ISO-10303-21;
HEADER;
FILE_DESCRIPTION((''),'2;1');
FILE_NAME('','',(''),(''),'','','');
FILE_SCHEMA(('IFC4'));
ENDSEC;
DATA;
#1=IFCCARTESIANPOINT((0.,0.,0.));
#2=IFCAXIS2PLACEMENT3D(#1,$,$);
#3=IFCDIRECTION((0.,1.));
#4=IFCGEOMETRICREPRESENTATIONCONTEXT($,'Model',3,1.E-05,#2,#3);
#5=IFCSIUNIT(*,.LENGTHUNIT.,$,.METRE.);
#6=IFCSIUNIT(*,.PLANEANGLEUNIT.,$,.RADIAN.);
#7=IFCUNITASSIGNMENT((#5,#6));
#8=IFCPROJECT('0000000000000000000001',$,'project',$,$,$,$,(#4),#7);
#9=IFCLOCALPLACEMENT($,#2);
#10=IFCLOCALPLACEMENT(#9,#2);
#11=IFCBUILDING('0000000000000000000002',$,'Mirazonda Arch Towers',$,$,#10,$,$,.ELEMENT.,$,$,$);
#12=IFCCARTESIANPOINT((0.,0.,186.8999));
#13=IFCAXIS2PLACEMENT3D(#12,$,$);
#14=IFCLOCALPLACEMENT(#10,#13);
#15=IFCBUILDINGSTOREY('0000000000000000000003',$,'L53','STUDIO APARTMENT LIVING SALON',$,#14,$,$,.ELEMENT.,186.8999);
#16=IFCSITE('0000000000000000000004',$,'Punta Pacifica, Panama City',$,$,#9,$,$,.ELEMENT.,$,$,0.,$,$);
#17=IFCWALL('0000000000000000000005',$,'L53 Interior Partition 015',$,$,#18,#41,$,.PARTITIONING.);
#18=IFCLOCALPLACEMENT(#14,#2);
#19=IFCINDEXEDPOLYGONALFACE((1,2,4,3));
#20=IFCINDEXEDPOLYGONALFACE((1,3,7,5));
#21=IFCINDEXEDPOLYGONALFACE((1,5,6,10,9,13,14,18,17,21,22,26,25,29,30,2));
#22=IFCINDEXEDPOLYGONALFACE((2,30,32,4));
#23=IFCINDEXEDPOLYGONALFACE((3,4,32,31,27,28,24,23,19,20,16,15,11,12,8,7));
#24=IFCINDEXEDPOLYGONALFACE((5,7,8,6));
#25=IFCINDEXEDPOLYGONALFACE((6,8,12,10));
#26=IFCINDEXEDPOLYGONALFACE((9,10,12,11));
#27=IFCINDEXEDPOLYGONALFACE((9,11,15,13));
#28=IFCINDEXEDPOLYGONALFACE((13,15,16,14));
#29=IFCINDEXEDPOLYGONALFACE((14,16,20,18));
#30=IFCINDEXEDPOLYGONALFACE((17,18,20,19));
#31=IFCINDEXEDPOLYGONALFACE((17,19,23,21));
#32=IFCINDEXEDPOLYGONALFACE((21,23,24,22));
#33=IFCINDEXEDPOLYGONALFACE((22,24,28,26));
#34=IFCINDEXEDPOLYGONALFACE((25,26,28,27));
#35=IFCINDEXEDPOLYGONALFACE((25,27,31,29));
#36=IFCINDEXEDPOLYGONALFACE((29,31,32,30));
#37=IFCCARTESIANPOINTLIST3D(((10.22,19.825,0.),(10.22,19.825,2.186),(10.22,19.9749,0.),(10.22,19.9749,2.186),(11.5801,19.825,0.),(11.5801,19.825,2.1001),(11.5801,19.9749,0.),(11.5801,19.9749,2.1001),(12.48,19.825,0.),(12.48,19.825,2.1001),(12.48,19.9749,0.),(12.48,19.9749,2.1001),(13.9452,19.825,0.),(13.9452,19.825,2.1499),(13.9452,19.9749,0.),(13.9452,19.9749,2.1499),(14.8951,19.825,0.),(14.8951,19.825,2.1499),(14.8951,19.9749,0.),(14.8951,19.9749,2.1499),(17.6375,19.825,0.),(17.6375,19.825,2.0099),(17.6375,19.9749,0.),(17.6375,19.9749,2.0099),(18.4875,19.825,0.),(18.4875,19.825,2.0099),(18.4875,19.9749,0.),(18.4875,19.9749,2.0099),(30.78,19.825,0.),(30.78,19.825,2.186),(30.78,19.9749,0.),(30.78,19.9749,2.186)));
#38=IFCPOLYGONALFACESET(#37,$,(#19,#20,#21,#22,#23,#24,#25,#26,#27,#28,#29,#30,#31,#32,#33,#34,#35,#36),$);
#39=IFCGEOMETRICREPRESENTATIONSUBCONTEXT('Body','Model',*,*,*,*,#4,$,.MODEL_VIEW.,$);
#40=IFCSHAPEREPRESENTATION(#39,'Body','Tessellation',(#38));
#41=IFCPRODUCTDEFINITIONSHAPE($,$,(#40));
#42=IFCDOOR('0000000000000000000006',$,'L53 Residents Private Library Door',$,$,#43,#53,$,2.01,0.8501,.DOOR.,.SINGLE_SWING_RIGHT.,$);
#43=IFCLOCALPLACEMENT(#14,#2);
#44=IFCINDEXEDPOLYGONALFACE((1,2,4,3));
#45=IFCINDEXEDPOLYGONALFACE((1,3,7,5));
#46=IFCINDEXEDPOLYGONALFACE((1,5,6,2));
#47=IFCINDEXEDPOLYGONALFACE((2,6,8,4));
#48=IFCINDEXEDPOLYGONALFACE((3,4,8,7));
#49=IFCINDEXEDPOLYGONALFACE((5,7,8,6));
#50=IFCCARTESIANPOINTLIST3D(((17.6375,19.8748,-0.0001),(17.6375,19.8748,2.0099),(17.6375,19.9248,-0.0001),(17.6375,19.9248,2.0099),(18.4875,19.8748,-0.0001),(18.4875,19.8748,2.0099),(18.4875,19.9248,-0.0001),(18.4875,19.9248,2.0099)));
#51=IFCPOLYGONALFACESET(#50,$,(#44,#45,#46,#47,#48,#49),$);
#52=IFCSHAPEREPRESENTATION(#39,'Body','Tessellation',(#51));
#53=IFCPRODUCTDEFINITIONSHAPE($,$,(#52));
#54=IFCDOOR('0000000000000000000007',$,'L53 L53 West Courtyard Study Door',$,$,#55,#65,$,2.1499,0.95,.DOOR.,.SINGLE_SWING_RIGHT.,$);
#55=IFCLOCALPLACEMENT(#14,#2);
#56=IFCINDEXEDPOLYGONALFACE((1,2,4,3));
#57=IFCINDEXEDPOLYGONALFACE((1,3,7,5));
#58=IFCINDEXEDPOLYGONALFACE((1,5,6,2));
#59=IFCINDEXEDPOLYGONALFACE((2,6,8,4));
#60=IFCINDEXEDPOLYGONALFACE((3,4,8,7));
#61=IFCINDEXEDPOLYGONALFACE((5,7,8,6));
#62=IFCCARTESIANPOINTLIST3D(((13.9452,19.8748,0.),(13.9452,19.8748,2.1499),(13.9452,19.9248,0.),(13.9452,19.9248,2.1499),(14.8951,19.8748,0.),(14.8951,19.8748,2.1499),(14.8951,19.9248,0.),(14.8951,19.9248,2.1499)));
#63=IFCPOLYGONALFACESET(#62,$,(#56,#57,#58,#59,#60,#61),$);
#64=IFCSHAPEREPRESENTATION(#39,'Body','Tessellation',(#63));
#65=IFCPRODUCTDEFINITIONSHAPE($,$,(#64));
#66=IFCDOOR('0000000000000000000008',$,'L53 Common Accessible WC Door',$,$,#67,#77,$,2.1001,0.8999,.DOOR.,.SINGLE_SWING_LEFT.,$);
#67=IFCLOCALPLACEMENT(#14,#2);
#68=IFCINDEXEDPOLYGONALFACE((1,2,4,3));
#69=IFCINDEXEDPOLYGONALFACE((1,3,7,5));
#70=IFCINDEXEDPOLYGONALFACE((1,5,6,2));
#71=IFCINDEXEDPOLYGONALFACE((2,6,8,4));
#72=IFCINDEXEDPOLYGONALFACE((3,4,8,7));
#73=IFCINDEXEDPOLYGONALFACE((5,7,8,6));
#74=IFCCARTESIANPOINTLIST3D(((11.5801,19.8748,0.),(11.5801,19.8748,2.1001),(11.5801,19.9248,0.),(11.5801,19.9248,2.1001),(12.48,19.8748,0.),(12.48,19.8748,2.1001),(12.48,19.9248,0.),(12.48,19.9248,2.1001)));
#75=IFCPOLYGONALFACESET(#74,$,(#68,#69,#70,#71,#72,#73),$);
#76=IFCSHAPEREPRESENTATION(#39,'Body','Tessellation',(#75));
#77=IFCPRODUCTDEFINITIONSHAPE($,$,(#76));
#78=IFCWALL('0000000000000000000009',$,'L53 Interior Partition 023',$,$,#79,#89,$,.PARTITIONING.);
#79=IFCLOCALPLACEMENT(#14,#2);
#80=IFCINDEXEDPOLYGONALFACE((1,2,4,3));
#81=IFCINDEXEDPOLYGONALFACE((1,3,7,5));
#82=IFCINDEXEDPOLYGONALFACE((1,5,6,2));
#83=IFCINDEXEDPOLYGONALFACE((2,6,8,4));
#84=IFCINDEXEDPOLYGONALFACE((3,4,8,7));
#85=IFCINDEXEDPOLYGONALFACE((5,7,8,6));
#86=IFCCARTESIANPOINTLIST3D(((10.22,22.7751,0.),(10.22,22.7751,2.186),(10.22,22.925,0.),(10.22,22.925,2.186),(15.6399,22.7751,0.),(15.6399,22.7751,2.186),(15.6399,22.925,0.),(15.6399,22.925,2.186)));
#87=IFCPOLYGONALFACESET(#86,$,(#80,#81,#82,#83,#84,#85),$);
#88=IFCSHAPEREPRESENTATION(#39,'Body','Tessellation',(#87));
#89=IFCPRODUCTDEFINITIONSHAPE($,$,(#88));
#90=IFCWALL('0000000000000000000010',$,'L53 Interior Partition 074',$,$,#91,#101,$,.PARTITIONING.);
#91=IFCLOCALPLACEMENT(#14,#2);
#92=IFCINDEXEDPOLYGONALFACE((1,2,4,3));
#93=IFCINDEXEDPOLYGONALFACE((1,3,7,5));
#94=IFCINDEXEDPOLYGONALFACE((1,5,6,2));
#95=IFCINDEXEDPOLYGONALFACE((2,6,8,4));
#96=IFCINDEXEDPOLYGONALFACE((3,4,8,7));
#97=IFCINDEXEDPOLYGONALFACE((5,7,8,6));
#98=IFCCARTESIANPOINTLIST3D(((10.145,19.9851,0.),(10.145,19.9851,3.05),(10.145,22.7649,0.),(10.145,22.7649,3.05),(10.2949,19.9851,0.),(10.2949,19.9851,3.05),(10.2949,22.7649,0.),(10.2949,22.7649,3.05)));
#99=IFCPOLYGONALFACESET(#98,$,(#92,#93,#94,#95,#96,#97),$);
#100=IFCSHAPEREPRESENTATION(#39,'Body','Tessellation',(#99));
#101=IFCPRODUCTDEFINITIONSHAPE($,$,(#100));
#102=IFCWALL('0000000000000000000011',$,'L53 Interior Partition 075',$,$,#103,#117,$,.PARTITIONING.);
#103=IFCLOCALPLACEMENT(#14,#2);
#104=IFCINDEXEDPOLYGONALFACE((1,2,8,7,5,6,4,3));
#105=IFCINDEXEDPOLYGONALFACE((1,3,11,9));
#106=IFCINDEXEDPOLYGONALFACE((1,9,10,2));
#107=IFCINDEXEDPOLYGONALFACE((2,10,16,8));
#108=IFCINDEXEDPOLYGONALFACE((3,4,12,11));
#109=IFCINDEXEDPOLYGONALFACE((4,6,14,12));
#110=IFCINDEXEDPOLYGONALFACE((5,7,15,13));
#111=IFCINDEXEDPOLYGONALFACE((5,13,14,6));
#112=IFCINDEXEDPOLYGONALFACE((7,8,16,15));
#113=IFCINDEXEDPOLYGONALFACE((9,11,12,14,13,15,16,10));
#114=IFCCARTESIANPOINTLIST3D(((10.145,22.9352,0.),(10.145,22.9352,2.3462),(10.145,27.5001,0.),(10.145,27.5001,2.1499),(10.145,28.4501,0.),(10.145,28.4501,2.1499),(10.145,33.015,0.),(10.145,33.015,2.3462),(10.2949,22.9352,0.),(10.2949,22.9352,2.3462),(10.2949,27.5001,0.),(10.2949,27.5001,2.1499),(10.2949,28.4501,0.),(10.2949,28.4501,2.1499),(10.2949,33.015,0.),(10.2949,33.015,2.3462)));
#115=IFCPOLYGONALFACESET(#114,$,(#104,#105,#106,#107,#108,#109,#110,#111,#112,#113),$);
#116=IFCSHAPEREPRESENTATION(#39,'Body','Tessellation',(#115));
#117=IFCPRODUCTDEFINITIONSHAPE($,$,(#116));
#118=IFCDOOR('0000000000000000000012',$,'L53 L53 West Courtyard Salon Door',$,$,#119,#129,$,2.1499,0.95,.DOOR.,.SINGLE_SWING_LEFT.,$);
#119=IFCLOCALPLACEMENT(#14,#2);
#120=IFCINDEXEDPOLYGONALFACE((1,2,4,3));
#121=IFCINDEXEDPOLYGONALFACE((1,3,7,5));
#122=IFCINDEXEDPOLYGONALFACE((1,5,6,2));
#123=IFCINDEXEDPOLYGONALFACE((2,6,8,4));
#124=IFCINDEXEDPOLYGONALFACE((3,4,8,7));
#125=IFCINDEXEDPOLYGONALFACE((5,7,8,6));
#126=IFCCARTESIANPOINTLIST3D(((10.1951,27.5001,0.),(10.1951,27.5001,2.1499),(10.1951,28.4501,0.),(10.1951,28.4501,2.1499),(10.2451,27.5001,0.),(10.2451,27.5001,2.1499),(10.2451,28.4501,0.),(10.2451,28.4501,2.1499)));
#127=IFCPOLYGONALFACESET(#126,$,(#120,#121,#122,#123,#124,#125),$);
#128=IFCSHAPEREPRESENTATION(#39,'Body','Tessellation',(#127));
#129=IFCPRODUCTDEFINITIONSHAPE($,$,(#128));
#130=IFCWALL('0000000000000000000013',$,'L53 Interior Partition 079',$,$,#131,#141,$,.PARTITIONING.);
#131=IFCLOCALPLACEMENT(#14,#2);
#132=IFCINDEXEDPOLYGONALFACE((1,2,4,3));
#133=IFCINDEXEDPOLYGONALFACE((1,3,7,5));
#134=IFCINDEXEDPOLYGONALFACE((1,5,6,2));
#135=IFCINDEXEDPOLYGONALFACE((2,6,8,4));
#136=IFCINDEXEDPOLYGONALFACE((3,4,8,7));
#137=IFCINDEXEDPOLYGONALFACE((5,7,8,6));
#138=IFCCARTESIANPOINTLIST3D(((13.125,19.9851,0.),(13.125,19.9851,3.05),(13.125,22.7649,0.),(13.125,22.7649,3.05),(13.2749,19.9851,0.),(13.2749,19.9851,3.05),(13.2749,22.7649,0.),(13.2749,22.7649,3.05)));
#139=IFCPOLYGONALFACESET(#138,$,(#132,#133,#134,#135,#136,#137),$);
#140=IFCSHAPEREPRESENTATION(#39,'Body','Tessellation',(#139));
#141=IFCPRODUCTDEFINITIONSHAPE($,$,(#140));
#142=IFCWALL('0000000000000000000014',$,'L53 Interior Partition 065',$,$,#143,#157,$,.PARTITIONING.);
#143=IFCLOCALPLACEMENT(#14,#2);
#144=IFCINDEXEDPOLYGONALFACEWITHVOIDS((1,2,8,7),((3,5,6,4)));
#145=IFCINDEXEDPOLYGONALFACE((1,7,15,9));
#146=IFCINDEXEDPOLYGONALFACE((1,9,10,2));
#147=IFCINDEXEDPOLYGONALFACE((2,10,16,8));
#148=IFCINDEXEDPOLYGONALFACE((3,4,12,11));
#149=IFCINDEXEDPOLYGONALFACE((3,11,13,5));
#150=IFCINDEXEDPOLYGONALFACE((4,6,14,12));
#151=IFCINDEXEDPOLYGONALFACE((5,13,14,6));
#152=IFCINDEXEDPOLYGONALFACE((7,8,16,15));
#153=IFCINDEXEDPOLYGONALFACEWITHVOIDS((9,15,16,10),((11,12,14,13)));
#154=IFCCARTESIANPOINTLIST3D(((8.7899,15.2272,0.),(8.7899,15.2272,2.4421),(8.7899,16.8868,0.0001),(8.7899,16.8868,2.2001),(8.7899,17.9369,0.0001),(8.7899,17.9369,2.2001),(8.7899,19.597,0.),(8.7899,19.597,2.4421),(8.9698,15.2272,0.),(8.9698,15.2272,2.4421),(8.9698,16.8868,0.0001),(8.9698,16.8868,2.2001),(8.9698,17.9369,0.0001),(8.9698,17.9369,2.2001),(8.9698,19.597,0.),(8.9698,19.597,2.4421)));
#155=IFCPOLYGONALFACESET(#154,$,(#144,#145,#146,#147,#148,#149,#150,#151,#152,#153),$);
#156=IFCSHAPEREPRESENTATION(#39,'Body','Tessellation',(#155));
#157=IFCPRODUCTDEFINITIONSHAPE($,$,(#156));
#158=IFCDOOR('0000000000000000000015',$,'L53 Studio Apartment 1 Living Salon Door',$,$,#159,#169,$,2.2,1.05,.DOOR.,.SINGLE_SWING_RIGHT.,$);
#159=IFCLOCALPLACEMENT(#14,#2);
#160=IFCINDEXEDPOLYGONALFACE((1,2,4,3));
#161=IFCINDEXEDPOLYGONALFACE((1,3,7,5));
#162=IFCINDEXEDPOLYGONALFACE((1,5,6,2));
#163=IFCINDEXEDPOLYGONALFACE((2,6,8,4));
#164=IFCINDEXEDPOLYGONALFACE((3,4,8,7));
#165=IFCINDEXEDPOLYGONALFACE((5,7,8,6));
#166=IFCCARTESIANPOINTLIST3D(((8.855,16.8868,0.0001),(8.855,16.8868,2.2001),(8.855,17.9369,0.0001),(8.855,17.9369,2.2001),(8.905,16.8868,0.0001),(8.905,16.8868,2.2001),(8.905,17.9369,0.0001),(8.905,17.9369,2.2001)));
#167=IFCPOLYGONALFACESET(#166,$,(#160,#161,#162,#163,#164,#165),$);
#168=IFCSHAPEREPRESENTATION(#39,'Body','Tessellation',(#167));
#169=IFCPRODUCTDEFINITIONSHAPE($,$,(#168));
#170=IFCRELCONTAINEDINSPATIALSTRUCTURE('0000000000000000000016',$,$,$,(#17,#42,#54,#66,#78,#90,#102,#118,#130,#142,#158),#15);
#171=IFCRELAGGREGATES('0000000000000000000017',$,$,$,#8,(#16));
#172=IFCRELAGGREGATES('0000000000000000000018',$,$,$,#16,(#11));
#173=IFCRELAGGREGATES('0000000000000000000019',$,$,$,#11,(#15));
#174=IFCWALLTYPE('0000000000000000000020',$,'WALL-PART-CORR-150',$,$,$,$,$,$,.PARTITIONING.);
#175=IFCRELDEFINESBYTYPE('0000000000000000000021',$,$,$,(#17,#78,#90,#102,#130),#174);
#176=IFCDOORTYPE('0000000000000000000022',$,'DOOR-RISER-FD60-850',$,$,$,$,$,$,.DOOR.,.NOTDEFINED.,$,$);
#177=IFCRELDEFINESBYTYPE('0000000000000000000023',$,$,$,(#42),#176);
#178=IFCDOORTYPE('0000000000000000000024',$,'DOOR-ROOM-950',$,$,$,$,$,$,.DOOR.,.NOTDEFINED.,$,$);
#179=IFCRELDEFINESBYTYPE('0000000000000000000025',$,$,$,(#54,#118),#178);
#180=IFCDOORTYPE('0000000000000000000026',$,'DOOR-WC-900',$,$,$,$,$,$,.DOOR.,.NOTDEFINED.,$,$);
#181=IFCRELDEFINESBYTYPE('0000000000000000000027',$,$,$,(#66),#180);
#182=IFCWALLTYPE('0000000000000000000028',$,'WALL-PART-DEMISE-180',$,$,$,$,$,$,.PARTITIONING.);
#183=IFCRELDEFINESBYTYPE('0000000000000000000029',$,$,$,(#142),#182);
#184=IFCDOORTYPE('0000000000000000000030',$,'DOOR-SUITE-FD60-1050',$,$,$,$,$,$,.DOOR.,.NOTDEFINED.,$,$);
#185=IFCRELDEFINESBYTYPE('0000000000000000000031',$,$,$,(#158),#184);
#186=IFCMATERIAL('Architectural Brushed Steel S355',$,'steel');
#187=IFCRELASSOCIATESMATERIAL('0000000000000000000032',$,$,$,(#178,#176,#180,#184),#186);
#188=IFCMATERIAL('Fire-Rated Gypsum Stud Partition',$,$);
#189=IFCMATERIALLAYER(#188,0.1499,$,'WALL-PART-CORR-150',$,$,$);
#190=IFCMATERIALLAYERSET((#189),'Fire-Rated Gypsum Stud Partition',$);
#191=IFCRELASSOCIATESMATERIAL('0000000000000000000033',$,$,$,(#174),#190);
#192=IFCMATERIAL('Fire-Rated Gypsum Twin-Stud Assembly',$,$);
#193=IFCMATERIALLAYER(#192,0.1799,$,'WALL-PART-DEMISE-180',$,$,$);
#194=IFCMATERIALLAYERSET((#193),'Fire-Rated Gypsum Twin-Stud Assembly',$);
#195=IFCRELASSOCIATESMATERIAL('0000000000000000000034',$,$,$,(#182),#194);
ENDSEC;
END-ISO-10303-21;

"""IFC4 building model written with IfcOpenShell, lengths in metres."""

from ifc_helpers import new_model, si_unit, direction, frame, frame_2d, origin, place, context, subcontext, project, spatial, rectangle, extrude, material, layer, layer_set, type_object, element, fill, save


model = new_model("IFC4")

# Units and contexts
model_context = context("Model", 3, precision=1e-05, world=origin(), true_north=direction((0.0, 1.0)))
body_context = subcontext(model_context, "Body", "Model", "MODEL_VIEW")
ifc_project = project(units=[si_unit("LENGTHUNIT", "METRE"), si_unit("PLANEANGLEUNIT", "RADIAN")], contexts=[model_context])

# Site, building, storey
site_placement = place(None, origin())
site = spatial("IfcSite", under=ifc_project, at=site_placement, Name="Punta Pacifica, Panama City", CompositionType="ELEMENT", RefElevation=0.0)
building_placement = place(site_placement, origin())
building = spatial("IfcBuilding", under=site, at=building_placement, Name="Mirazonda Arch Towers", CompositionType="ELEMENT")
storey_placement = place(building_placement, frame((0.0, 0.0, 186.8999)))
storey = spatial("IfcBuildingStorey", under=building, at=storey_placement, Name="L53", Description="STUDIO APARTMENT LIVING SALON", CompositionType="ELEMENT", Elevation=186.8999)

# Shared definitions
ifc_material_1 = material(Name="Architectural Brushed Steel S355", Category="steel")

# Shared definitions
door_type_1 = type_object("IfcDoorType", Name="DOOR-ROOM-950", OperationType="NOTDEFINED", PredefinedType="DOOR", material=ifc_material_1)

# Shared definitions
ifc_material_2 = material(Name="Fire-Rated Gypsum Stud Partition")
ifc_layer_1 = layer(ifc_material_2, 0.1499, Name="WALL-PART-CORR-150")
ifc_layer_set_1 = layer_set([ifc_layer_1], Name="Fire-Rated Gypsum Stud Partition")
wall_type_1 = type_object("IfcWallType", Name="WALL-PART-CORR-150", PredefinedType="PARTITIONING", material=ifc_layer_set_1)

# Wall, openings, doors
wall_1_placement = place(storey_placement, frame((10.22, 19.8999, 0.0), z_axis=(0.0, 0.0, 1.0), x_axis=(1.0, 0.0, 0.0)))
wall_1 = element("IfcWall", 1, at=wall_1_placement, inside=storey, type_object=wall_type_1, Name="L53 Interior Partition 015", PredefinedType="PARTITIONING", context=body_context, shape_type="SweptSolid", body=[
    extrude(rectangle(XDim=20.5601, YDim=0.1499, at=frame_2d((10.28, 0.0))), origin(), (0.0, 0.0, 1.0), 2.186),
])
opening_1_placement = place(wall_1_placement, frame((1.3601, 0.0, 0.0)))
opening_1 = element("IfcOpeningElement", 2, at=opening_1_placement, cuts=wall_1, PredefinedType="OPENING", context=body_context, shape_type="SweptSolid", body=[
    extrude(rectangle(XDim=0.8999, YDim=2.1001, at=frame_2d((0.45, 1.05))), frame((0.0, 0.085, 0.0), z_axis=(0.0, -1.0, 0.0), x_axis=(1.0, 0.0, 0.0)), (0.0, 0.0, 1.0), 0.1699),
])
opening_2_placement = place(wall_1_placement, frame((3.7251, 0.0, 0.0)))
opening_2 = element("IfcOpeningElement", 3, at=opening_2_placement, cuts=wall_1, PredefinedType="OPENING", context=body_context, shape_type="SweptSolid", body=[
    extrude(rectangle(XDim=0.95, YDim=2.1499, at=frame_2d((0.4751, 1.075))), frame((0.0, 0.085, 0.0), z_axis=(0.0, -1.0, 0.0), x_axis=(1.0, 0.0, 0.0)), (0.0, 0.0, 1.0), 0.1699),
])
opening_3_placement = place(wall_1_placement, frame((7.4175, 0.0, 0.0)))
opening_3 = element("IfcOpeningElement", 4, at=opening_3_placement, cuts=wall_1, PredefinedType="OPENING", context=body_context, shape_type="SweptSolid", body=[
    extrude(rectangle(XDim=0.8501, YDim=2.01, at=frame_2d((0.425, 1.0049))), frame((0.0, 0.085, 0.0), z_axis=(0.0, -1.0, 0.0), x_axis=(1.0, 0.0, 0.0)), (0.0, 0.0, 1.0), 0.1699),
])
door_type_2 = type_object("IfcDoorType", Name="DOOR-RISER-FD60-850", OperationType="NOTDEFINED", PredefinedType="DOOR", material=ifc_material_1)
door_1_placement = place(opening_3_placement, origin())
door_1 = element("IfcDoor", 5, at=door_1_placement, inside=storey, type_object=door_type_2, Name="L53 Residents Private Library Door", OperationType="SINGLE_SWING_RIGHT", OverallHeight=2.01, OverallWidth=0.8501, PredefinedType="DOOR", context=body_context, shape_type="SweptSolid", body=[
    extrude(rectangle(XDim=0.8501, YDim=2.01, at=frame_2d((0.425, 1.0049))), frame((0.0, 0.0249, 0.0), z_axis=(0.0, -1.0, 0.0), x_axis=(1.0, 0.0, 0.0)), (0.0, 0.0, 1.0), 0.05),
])
fill(opening_3, door_1)
door_2_placement = place(opening_2_placement, origin())
door_2 = element("IfcDoor", 6, at=door_2_placement, inside=storey, type_object=door_type_1, Name="L53 L53 West Courtyard Study Door", OperationType="SINGLE_SWING_RIGHT", OverallHeight=2.1499, OverallWidth=0.95, PredefinedType="DOOR", context=body_context, shape_type="SweptSolid", body=[
    extrude(rectangle(XDim=0.95, YDim=2.1499, at=frame_2d((0.4751, 1.075))), frame((0.0, 0.0249, 0.0), z_axis=(0.0, -1.0, 0.0), x_axis=(1.0, 0.0, 0.0)), (0.0, 0.0, 1.0), 0.05),
])
fill(opening_2, door_2)
door_type_3 = type_object("IfcDoorType", Name="DOOR-WC-900", OperationType="NOTDEFINED", PredefinedType="DOOR", material=ifc_material_1)
door_3_placement = place(opening_1_placement, origin())
door_3 = element("IfcDoor", 7, at=door_3_placement, inside=storey, type_object=door_type_3, Name="L53 Common Accessible WC Door", OperationType="SINGLE_SWING_LEFT", OverallHeight=2.1001, OverallWidth=0.8999, PredefinedType="DOOR", context=body_context, shape_type="SweptSolid", body=[
    extrude(rectangle(XDim=0.8999, YDim=2.1001, at=frame_2d((0.45, 1.05))), frame((0.0, 0.0249, 0.0), z_axis=(0.0, -1.0, 0.0), x_axis=(1.0, 0.0, 0.0)), (0.0, 0.0, 1.0), 0.05),
])
fill(opening_1, door_3)

# Walls
wall_2_placement = place(storey_placement, frame((10.22, 22.8501, 0.0), z_axis=(0.0, 0.0, 1.0), x_axis=(1.0, 0.0, 0.0)))
element("IfcWall", 8, at=wall_2_placement, inside=storey, type_object=wall_type_1, Name="L53 Interior Partition 023", PredefinedType="PARTITIONING", context=body_context, shape_type="SweptSolid", body=[
    extrude(rectangle(XDim=5.4199, YDim=0.1499, at=frame_2d((2.71, 0.0))), origin(), (0.0, 0.0, 1.0), 2.186),
])
wall_3_placement = place(storey_placement, frame((10.22, 19.9851, 0.0), z_axis=(0.0, 0.0, 1.0), x_axis=(0.0, 1.0, 0.0)))
element("IfcWall", 9, at=wall_3_placement, inside=storey, type_object=wall_type_1, Name="L53 Interior Partition 074", PredefinedType="PARTITIONING", context=body_context, shape_type="SweptSolid", body=[
    extrude(rectangle(XDim=2.7798, YDim=0.1499, at=frame_2d((1.3899, 0.0))), origin(), (0.0, 0.0, 1.0), 3.05),
])

# Wall, opening, door
wall_4_placement = place(storey_placement, frame((10.22, 22.9351, 0.0), z_axis=(0.0, 0.0, 1.0), x_axis=(0.0, 1.0, 0.0)))
wall_4 = element("IfcWall", 10, at=wall_4_placement, inside=storey, type_object=wall_type_1, Name="L53 Interior Partition 075", PredefinedType="PARTITIONING", context=body_context, shape_type="SweptSolid", body=[
    extrude(rectangle(XDim=10.0798, YDim=0.1499, at=frame_2d((5.04, 0.0))), origin(), (0.0, 0.0, 1.0), 2.3462),
])
opening_4_placement = place(wall_4_placement, frame((4.5649, 0.0, 0.0)))
opening_4 = element("IfcOpeningElement", 11, at=opening_4_placement, cuts=wall_4, PredefinedType="OPENING", context=body_context, shape_type="SweptSolid", body=[
    extrude(rectangle(XDim=0.95, YDim=2.1499, at=frame_2d((0.4751, 1.075))), frame((0.0, 0.085, 0.0), z_axis=(0.0, -1.0, 0.0), x_axis=(1.0, 0.0, 0.0)), (0.0, 0.0, 1.0), 0.1699),
])
door_4_placement = place(opening_4_placement, origin())
door_4 = element("IfcDoor", 12, at=door_4_placement, inside=storey, type_object=door_type_1, Name="L53 L53 West Courtyard Salon Door", OperationType="SINGLE_SWING_LEFT", OverallHeight=2.1499, OverallWidth=0.95, PredefinedType="DOOR", context=body_context, shape_type="SweptSolid", body=[
    extrude(rectangle(XDim=0.95, YDim=2.1499, at=frame_2d((0.4751, 1.075))), frame((0.0, 0.0249, 0.0), z_axis=(0.0, -1.0, 0.0), x_axis=(1.0, 0.0, 0.0)), (0.0, 0.0, 1.0), 0.05),
])
fill(opening_4, door_4)

# Wall
wall_5_placement = place(storey_placement, frame((13.2, 19.9851, 0.0), z_axis=(0.0, 0.0, 1.0), x_axis=(0.0, 1.0, 0.0)))
element("IfcWall", 13, at=wall_5_placement, inside=storey, type_object=wall_type_1, Name="L53 Interior Partition 079", PredefinedType="PARTITIONING", context=body_context, shape_type="SweptSolid", body=[
    extrude(rectangle(XDim=2.7798, YDim=0.1499, at=frame_2d((1.3899, 0.0))), origin(), (0.0, 0.0, 1.0), 3.05),
])

# Wall, opening, door
ifc_material_3 = material(Name="Fire-Rated Gypsum Twin-Stud Assembly")
ifc_layer_2 = layer(ifc_material_3, 0.1799, Name="WALL-PART-DEMISE-180")
ifc_layer_set_2 = layer_set([ifc_layer_2], Name="Fire-Rated Gypsum Twin-Stud Assembly")
wall_type_2 = type_object("IfcWallType", Name="WALL-PART-DEMISE-180", PredefinedType="PARTITIONING", material=ifc_layer_set_2)
wall_6_placement = place(storey_placement, frame((8.8799, 15.2271, 0.0), z_axis=(0.0, 0.0, 1.0), x_axis=(0.0, 1.0, 0.0)))
wall_6 = element("IfcWall", 14, at=wall_6_placement, inside=storey, type_object=wall_type_2, Name="L53 Interior Partition 065", PredefinedType="PARTITIONING", context=body_context, shape_type="SweptSolid", body=[
    extrude(rectangle(XDim=4.3699, YDim=0.1799, at=frame_2d((2.1851, 0.0))), origin(), (0.0, 0.0, 1.0), 2.4421),
])
opening_5_placement = place(wall_6_placement, frame((1.6599, 0.0, 0.0)))
opening_5 = element("IfcOpeningElement", 15, at=opening_5_placement, cuts=wall_6, PredefinedType="OPENING", context=body_context, shape_type="SweptSolid", body=[
    extrude(rectangle(XDim=1.05, YDim=2.2, at=frame_2d((0.5249, 1.1001))), frame((0.0, 0.0999, 0.0), z_axis=(0.0, -1.0, 0.0), x_axis=(1.0, 0.0, 0.0)), (0.0, 0.0, 1.0), 0.2),
])
door_type_4 = type_object("IfcDoorType", Name="DOOR-SUITE-FD60-1050", OperationType="NOTDEFINED", PredefinedType="DOOR", material=ifc_material_1)
door_5_placement = place(opening_5_placement, origin())
door_5 = element("IfcDoor", 16, at=door_5_placement, inside=storey, type_object=door_type_4, Name="L53 Studio Apartment 1 Living Salon Door", OperationType="SINGLE_SWING_RIGHT", OverallHeight=2.2, OverallWidth=1.05, PredefinedType="DOOR", context=body_context, shape_type="SweptSolid", body=[
    extrude(rectangle(XDim=1.05, YDim=2.2, at=frame_2d((0.5249, 1.1001))), frame((0.0, 0.0249, 0.0), z_axis=(0.0, -1.0, 0.0), x_axis=(1.0, 0.0, 0.0)), (0.0, 0.0, 1.0), 0.05),
])
fill(opening_5, door_5)

save(model, "model.ifc")
